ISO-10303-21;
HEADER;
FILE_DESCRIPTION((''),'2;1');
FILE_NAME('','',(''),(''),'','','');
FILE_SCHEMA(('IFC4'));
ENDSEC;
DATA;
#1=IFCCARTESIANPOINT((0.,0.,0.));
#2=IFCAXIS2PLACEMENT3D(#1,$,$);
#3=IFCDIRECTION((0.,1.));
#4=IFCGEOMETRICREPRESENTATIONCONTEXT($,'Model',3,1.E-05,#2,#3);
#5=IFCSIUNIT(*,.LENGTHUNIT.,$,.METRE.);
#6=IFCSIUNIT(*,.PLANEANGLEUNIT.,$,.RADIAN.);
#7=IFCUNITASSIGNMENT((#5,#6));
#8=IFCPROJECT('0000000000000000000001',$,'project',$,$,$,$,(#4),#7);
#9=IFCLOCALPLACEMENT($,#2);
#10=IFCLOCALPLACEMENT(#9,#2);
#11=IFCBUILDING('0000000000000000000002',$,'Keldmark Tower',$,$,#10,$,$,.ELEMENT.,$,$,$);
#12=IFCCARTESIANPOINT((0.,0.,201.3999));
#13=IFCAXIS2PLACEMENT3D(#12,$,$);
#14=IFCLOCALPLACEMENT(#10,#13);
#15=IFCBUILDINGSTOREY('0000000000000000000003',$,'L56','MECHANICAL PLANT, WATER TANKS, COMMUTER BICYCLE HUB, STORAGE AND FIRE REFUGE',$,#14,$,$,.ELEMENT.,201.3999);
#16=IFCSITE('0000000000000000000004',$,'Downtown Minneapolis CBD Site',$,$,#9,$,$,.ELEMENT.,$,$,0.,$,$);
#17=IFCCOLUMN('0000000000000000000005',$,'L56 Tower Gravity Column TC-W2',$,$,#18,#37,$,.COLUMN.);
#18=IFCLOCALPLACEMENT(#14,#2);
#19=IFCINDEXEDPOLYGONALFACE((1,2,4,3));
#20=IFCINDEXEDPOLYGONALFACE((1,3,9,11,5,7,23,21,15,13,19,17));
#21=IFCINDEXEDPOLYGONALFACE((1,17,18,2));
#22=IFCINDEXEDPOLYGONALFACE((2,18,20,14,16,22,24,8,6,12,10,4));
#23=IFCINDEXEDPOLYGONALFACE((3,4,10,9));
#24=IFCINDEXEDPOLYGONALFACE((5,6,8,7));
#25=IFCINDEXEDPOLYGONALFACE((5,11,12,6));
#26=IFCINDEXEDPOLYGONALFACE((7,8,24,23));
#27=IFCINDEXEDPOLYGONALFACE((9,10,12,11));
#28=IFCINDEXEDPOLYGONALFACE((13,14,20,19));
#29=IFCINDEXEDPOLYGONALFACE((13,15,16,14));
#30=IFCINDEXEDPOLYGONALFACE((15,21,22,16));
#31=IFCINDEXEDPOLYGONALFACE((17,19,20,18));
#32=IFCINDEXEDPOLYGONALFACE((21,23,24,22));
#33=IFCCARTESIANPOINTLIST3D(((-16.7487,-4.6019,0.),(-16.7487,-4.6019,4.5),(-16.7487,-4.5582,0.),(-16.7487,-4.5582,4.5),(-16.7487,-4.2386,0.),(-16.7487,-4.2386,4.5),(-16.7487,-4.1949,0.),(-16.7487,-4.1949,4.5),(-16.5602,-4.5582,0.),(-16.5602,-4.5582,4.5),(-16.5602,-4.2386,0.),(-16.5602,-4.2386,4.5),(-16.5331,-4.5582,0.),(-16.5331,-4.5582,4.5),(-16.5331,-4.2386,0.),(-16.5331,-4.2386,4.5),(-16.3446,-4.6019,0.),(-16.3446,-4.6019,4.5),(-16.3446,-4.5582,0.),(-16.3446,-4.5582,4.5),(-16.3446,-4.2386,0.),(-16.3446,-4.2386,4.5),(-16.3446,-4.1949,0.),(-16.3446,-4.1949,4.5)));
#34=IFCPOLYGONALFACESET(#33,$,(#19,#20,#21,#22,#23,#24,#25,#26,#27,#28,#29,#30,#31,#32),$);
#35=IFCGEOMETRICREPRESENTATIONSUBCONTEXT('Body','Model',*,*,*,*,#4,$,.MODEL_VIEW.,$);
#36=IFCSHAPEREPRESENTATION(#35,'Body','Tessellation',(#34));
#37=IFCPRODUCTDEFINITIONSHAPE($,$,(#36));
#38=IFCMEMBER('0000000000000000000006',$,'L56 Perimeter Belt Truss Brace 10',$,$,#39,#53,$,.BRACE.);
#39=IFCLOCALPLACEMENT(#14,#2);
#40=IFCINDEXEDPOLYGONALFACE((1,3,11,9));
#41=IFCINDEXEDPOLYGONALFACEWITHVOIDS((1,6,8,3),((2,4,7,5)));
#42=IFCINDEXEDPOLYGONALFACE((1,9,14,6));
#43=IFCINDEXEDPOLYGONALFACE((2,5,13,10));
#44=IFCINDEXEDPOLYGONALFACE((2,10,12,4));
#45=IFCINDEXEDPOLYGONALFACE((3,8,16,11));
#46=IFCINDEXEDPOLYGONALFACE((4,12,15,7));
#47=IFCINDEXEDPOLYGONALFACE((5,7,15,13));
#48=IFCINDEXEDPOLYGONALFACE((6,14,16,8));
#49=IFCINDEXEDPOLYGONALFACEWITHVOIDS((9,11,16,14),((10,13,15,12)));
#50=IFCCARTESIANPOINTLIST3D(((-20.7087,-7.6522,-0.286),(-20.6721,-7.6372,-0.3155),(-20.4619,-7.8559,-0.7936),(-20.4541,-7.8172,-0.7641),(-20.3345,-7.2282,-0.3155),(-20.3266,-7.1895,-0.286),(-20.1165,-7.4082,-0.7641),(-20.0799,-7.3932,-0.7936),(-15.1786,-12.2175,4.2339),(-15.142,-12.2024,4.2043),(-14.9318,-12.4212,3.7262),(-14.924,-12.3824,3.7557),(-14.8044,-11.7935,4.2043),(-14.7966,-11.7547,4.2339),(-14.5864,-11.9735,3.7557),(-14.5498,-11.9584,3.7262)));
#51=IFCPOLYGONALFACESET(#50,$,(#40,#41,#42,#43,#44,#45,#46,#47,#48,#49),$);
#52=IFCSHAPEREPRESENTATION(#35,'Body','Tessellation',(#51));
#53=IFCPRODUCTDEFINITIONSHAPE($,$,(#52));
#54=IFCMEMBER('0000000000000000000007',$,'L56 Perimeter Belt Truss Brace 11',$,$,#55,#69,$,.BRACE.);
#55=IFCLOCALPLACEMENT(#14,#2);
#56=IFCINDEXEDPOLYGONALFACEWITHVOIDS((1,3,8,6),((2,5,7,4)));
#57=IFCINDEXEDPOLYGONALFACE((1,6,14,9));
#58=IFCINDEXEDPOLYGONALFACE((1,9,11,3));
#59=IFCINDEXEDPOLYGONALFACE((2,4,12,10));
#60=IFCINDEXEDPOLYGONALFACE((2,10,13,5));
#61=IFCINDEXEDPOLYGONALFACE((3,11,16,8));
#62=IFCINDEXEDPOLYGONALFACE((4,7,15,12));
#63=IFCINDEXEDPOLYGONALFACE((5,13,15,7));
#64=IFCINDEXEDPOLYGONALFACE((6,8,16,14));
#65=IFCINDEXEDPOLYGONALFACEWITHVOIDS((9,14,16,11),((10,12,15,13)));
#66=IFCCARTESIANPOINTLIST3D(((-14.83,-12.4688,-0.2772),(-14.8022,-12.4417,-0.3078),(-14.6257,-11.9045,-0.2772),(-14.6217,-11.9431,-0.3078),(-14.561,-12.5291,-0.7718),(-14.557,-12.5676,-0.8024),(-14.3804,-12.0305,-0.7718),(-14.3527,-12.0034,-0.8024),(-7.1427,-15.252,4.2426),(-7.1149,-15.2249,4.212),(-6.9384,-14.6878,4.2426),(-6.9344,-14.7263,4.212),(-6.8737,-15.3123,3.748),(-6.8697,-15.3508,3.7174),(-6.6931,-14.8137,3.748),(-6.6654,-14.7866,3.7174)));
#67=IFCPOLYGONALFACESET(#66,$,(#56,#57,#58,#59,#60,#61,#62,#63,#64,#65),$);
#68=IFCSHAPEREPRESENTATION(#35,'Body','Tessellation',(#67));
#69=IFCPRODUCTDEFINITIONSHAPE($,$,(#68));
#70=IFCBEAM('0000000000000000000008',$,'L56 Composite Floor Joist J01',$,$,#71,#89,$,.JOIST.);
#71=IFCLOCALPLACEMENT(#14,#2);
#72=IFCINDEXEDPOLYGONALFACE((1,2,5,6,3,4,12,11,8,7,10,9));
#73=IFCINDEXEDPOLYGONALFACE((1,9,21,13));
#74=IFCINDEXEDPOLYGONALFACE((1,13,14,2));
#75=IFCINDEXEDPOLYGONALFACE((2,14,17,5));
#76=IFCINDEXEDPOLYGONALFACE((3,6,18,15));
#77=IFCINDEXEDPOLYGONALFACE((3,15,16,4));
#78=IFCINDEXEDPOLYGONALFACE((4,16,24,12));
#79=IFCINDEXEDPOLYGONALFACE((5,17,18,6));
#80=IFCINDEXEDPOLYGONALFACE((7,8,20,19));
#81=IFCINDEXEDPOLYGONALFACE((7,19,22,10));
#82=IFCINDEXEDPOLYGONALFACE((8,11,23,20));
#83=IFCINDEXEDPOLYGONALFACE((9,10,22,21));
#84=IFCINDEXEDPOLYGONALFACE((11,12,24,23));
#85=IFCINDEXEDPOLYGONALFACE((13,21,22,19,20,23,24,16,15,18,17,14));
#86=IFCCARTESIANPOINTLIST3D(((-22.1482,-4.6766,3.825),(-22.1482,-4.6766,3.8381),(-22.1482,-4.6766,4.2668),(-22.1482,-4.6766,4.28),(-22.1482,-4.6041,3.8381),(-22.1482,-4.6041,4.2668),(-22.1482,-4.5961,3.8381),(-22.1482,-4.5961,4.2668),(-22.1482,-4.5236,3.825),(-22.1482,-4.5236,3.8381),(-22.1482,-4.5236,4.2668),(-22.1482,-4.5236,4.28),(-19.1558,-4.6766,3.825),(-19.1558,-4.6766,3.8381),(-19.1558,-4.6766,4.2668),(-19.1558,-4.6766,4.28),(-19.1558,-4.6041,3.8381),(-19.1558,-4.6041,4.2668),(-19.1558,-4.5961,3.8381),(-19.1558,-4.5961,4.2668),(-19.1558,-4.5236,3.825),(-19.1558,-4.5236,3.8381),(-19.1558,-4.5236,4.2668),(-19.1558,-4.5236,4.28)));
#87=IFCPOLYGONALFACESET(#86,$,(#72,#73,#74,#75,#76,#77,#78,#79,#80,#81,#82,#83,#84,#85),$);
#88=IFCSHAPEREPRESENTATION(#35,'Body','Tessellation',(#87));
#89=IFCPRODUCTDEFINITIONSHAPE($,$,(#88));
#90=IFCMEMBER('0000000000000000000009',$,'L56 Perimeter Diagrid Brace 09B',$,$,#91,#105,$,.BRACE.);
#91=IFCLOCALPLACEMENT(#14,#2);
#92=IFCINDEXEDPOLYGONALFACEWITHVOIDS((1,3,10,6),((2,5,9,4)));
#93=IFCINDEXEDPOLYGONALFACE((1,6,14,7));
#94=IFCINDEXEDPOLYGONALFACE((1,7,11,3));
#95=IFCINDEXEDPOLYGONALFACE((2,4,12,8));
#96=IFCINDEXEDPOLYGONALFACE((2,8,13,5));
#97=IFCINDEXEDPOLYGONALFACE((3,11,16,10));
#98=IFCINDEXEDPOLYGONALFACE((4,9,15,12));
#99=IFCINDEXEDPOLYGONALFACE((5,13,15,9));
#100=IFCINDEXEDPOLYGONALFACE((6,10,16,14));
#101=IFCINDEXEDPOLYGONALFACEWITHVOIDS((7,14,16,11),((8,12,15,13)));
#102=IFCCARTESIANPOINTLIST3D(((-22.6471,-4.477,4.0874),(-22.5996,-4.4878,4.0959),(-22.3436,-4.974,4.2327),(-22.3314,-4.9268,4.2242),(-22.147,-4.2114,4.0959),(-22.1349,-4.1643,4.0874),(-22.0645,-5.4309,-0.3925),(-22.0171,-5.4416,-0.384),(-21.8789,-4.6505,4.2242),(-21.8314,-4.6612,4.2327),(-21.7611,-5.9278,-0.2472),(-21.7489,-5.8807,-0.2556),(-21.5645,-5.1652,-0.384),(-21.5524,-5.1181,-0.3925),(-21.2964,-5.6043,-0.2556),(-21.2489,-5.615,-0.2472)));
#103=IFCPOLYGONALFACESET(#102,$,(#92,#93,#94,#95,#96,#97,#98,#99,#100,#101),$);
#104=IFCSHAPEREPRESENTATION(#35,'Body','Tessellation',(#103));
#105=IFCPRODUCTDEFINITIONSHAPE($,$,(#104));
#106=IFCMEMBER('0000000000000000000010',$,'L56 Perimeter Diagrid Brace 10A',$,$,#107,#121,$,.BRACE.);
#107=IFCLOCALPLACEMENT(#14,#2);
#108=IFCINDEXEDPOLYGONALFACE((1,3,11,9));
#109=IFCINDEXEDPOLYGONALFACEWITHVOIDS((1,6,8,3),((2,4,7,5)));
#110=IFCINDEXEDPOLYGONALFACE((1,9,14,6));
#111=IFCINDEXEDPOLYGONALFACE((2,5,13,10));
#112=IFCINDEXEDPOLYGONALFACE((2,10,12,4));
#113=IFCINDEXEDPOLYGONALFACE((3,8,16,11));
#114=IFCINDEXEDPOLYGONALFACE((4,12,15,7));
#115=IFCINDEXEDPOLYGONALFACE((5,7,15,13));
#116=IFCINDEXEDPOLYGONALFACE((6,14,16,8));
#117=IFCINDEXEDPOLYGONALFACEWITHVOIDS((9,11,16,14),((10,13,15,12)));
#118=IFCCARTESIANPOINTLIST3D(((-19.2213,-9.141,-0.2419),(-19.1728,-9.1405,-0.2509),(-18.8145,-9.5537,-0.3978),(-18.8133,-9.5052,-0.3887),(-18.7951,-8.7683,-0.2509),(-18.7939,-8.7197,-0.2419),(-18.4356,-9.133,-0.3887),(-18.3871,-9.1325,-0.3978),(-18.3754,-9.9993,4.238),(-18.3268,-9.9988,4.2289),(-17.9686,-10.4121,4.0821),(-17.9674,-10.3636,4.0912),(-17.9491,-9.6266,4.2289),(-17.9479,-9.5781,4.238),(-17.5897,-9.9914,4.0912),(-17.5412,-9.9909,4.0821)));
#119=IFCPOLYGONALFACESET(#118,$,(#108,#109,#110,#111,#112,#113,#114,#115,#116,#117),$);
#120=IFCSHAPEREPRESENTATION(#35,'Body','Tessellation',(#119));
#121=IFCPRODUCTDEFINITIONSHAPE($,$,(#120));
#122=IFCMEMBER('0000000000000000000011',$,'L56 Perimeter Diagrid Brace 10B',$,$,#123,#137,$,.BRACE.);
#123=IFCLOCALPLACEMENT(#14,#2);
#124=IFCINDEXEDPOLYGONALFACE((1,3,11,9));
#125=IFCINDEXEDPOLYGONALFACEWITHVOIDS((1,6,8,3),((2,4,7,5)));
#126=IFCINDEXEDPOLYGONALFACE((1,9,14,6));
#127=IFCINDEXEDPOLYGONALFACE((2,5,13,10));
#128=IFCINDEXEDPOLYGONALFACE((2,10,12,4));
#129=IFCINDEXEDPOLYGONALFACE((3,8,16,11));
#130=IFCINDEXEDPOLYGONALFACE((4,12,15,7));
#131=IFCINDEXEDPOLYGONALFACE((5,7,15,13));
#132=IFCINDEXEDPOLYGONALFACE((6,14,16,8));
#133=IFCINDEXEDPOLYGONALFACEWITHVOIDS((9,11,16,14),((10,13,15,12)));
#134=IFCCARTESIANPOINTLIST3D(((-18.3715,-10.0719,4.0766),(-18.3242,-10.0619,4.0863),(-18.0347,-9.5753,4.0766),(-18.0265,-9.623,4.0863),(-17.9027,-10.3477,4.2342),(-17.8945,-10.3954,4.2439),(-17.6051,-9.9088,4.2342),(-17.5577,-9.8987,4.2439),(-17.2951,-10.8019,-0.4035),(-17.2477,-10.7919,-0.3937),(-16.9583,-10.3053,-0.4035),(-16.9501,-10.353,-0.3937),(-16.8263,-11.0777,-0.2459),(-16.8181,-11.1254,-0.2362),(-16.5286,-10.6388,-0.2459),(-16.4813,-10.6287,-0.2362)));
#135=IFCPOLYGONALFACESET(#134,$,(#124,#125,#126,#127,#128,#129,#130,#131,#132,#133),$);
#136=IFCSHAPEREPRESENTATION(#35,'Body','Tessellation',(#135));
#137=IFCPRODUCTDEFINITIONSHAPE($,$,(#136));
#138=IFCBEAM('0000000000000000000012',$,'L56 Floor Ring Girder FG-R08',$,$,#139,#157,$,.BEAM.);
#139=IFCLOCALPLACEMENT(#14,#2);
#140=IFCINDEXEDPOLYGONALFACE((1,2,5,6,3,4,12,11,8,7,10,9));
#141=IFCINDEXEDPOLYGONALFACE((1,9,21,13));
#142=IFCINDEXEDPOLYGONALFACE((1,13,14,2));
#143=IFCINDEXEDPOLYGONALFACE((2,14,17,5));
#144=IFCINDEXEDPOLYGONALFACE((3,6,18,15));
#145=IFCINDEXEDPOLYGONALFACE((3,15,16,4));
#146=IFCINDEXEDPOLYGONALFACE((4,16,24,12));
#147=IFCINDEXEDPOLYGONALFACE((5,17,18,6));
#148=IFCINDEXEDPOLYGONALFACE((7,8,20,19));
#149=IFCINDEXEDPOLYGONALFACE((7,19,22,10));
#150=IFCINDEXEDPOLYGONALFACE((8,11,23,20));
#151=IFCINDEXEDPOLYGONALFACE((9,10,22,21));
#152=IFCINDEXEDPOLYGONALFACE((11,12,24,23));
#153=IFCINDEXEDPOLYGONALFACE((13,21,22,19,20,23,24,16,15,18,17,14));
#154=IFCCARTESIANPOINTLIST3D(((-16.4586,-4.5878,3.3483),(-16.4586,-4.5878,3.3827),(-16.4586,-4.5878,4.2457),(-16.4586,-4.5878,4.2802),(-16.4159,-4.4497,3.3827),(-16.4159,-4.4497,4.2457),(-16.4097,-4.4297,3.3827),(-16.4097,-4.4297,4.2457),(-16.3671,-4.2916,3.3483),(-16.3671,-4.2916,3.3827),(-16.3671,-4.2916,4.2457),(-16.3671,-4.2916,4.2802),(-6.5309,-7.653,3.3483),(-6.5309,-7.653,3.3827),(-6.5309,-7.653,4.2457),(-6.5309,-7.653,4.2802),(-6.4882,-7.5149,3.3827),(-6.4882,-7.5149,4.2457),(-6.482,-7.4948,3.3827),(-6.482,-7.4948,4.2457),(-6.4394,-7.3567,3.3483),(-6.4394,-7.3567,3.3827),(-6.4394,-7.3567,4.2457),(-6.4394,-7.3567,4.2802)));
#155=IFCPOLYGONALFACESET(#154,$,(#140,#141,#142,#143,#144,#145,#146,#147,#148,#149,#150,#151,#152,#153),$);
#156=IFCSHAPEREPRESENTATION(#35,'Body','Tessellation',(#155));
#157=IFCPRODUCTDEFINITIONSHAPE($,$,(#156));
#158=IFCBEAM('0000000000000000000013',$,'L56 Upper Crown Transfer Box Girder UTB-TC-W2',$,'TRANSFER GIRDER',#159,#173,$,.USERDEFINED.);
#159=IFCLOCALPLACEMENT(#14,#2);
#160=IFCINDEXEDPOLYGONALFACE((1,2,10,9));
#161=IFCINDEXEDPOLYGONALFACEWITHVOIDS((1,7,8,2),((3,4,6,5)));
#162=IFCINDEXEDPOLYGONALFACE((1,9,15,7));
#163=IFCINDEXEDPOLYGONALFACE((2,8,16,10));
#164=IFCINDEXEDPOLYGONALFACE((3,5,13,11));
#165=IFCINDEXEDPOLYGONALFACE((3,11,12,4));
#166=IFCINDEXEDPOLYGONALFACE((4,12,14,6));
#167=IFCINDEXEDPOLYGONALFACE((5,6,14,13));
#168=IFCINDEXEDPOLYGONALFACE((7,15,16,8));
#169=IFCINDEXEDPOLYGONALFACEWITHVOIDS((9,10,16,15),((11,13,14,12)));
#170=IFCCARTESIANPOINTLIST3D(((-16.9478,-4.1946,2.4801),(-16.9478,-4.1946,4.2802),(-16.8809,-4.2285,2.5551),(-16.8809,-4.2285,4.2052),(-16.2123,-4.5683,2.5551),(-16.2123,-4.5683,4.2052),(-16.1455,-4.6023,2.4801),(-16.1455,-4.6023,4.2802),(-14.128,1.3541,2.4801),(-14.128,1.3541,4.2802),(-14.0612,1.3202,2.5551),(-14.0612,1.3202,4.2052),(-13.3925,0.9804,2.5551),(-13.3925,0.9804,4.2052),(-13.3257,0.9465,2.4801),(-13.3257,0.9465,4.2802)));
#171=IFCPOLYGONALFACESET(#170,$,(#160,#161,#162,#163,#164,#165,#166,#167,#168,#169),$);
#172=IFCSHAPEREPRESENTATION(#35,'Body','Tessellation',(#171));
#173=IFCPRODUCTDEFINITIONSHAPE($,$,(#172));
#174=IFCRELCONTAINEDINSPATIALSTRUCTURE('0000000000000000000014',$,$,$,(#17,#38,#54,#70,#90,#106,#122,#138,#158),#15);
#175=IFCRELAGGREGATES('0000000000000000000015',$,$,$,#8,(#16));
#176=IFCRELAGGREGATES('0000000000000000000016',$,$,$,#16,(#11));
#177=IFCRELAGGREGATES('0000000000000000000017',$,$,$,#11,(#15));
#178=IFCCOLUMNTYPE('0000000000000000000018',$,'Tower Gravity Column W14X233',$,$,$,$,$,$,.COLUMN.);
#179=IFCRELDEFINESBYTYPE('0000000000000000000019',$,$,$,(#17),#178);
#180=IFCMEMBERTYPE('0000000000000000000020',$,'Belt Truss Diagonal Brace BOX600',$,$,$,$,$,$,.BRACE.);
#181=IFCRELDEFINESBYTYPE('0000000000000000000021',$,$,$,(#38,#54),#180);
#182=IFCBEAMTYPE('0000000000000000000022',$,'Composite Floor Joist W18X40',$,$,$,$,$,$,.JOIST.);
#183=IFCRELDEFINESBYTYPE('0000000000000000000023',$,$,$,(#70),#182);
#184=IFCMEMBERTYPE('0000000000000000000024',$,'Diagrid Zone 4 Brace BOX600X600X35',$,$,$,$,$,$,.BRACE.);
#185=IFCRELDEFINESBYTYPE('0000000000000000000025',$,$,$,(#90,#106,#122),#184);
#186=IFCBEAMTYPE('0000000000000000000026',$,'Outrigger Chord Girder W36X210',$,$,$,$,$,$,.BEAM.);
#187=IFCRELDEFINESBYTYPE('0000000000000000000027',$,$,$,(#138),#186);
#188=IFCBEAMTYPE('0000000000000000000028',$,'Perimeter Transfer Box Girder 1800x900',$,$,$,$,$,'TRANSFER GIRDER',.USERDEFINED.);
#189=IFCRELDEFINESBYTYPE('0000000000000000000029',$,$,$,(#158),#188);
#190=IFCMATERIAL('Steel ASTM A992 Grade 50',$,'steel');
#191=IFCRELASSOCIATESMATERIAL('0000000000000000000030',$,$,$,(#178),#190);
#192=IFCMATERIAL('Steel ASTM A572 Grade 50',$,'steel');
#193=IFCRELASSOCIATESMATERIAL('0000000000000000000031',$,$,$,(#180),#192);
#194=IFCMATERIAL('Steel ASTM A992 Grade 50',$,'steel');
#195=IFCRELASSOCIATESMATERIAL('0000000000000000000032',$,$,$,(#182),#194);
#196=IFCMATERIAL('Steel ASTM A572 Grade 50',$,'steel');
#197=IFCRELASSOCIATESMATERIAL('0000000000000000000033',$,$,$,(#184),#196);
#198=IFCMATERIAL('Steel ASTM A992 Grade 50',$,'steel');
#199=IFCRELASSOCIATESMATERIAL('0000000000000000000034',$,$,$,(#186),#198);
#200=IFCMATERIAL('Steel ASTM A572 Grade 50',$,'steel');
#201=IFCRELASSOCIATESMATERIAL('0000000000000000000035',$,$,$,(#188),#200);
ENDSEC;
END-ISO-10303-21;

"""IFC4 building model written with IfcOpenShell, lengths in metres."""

from ifc_helpers import new_model, si_unit, direction, frame, origin, origin_2d, place, context, subcontext, project, spatial, hollow_rectangle, i_section, extrude, material, material_profile, profile_set, type_object, element, save


model = new_model("IFC4")

# Units and contexts
model_context = context("Model", 3, precision=1e-05, world=origin(), true_north=direction((0.0, 1.0)))
body_context = subcontext(model_context, "Body", "Model", "MODEL_VIEW")
ifc_project = project(units=[si_unit("LENGTHUNIT", "METRE"), si_unit("PLANEANGLEUNIT", "RADIAN")], contexts=[model_context])

# Site, building, storey
site_placement = place(None, origin())
site = spatial("IfcSite", under=ifc_project, at=site_placement, Name="Downtown Minneapolis CBD Site", CompositionType="ELEMENT", RefElevation=0.0)
building_placement = place(site_placement, origin())
building = spatial("IfcBuilding", under=site, at=building_placement, Name="Keldmark Tower", CompositionType="ELEMENT")
storey_placement = place(building_placement, frame((0.0, 0.0, 201.3999)))
storey = spatial("IfcBuildingStorey", under=building, at=storey_placement, Name="L56", Description="MECHANICAL PLANT, WATER TANKS, COMMUTER BICYCLE HUB, STORAGE AND FIRE REFUGE", CompositionType="ELEMENT", Elevation=201.3999)

# Column
ifc_material_1 = material(Name="Steel ASTM A992 Grade 50", Category="steel")
ifc_material_profile_1 = material_profile(ifc_material_1, i_section(OverallWidth=0.4041, OverallDepth=0.407, WebThickness=0.0271, FlangeThickness=0.0437, at=origin_2d()), Name="W14X233")
ifc_profile_set_1 = profile_set([ifc_material_profile_1], Name="Steel ASTM A992 Grade 50")
column_type = type_object("IfcColumnType", Name="Tower Gravity Column W14X233", PredefinedType="COLUMN", material=ifc_profile_set_1)
column_placement = place(storey_placement, frame((-16.5466, -4.3984, 0.0), z_axis=(0.0, 0.0, 1.0), x_axis=(1.0, 0.0, 0.0)))
element("IfcColumn", 1, at=column_placement, inside=storey, type_object=column_type, Name="L56 Tower Gravity Column TC-W2", PredefinedType="COLUMN", context=body_context, shape_type="SweptSolid", body=[
    extrude(i_section(OverallWidth=0.4041, OverallDepth=0.407, WebThickness=0.0271, FlangeThickness=0.0437, at=origin_2d()), origin(), (0.0, 0.0, 1.0), 4.5),
])

# Members
ifc_material_2 = material(Name="Steel ASTM A572 Grade 50", Category="steel")
ifc_material_profile_2 = material_profile(ifc_material_2, hollow_rectangle(XDim=0.6001, YDim=0.6001, WallThickness=0.0349, at=origin_2d()), Name="BOX600X600X35")
ifc_profile_set_2 = profile_set([ifc_material_profile_2], Name="Steel ASTM A572 Grade 50")
member_type_1 = type_object("IfcMemberType", Name="Belt Truss Diagonal Brace BOX600", PredefinedType="BRACE", material=ifc_profile_set_2)
member_1_placement = place(storey_placement, frame((-20.3943, -7.5227, -0.5398), z_axis=(0.652398, -0.538572, 0.533214), x_axis=(0.636624, 0.771174, 0.0)))
element("IfcMember", 2, at=member_1_placement, inside=storey, type_object=member_type_1, Name="L56 Perimeter Belt Truss Brace 10", PredefinedType="BRACE", context=body_context, shape_type="SweptSolid", body=[
    extrude(hollow_rectangle(XDim=0.6001, YDim=0.6001, WallThickness=0.0349, at=origin_2d()), origin(), (0.0, 0.0, 1.0), 8.4766),
])
member_2_placement = place(storey_placement, frame((-14.5913, -12.2361, -0.5398), z_axis=(0.822892, -0.297931, 0.483825), x_axis=(0.340429, 0.94027, 0.0)))
element("IfcMember", 3, at=member_2_placement, inside=storey, type_object=member_type_1, Name="L56 Perimeter Belt Truss Brace 11", PredefinedType="BRACE", context=body_context, shape_type="SweptSolid", body=[
    extrude(hollow_rectangle(XDim=0.6001, YDim=0.6001, WallThickness=0.0349, at=origin_2d()), origin(), (0.0, 0.0, 1.0), 9.3418),
])

# Beam
ifc_material_3 = material(Name="Steel ASTM A992 Grade 50", Category="steel")
ifc_material_profile_3 = material_profile(ifc_material_3, i_section(OverallWidth=0.1531, OverallDepth=0.4551, WebThickness=0.0081, FlangeThickness=0.0132, at=origin_2d()), Name="W18X40")
ifc_profile_set_3 = profile_set([ifc_material_profile_3], Name="Steel ASTM A992 Grade 50")
beam_type_1 = type_object("IfcBeamType", Name="Composite Floor Joist W18X40", PredefinedType="JOIST", material=ifc_profile_set_3)
beam_1_placement = place(storey_placement, frame((-22.1482, -4.6001, 4.0525), z_axis=(1.0, 0.0, 0.0), x_axis=(0.0, 1.0, 0.0)))
element("IfcBeam", 4, at=beam_1_placement, inside=storey, type_object=beam_type_1, Name="L56 Composite Floor Joist J01", PredefinedType="JOIST", context=body_context, shape_type="SweptSolid", body=[
    extrude(i_section(OverallWidth=0.1531, OverallDepth=0.4551, WebThickness=0.0081, FlangeThickness=0.0132, at=origin_2d()), origin(), (0.0, 0.0, 1.0), 2.9924),
])

# Members
ifc_material_4 = material(Name="Steel ASTM A572 Grade 50", Category="steel")
ifc_material_profile_4 = material_profile(ifc_material_4, hollow_rectangle(XDim=0.6001, YDim=0.6001, WallThickness=0.0349, at=origin_2d()), Name="BOX600X600X35")
ifc_profile_set_4 = profile_set([ifc_material_profile_4], Name="Steel ASTM A572 Grade 50")
member_type_2 = type_object("IfcMemberType", Name="Diagrid Zone 4 Brace BOX600X600X35", PredefinedType="BRACE", material=ifc_profile_set_4)
member_3_placement = place(storey_placement, frame((-21.6567, -5.5229, -0.3198), z_axis=(-0.12616, 0.206584, 0.970261), x_axis=(-0.853438, -0.521194, 0.0)))
element("IfcMember", 5, at=member_3_placement, inside=storey, type_object=member_type_2, Name="L56 Perimeter Diagrid Brace 09B", PredefinedType="BRACE", context=body_context, shape_type="SweptSolid", body=[
    extrude(hollow_rectangle(XDim=0.6001, YDim=0.6001, WallThickness=0.0349, at=origin_2d()), origin(), (0.0, 0.0, 1.0), 4.6172),
])
member_4_placement = place(storey_placement, frame((-18.8042, -9.1367, -0.3198), z_axis=(0.182345, -0.185029, 0.965668), x_axis=(0.712254, 0.701922, 0.0)))
element("IfcMember", 6, at=member_4_placement, inside=storey, type_object=member_type_2, Name="L56 Perimeter Diagrid Brace 10A", PredefinedType="BRACE", context=body_context, shape_type="SweptSolid", body=[
    extrude(hollow_rectangle(XDim=0.6001, YDim=0.6001, WallThickness=0.0349, at=origin_2d()), origin(), (0.0, 0.0, 1.0), 4.6392),
])
member_5_placement = place(storey_placement, frame((-16.8882, -10.7153, -0.3198), z_axis=(-0.230745, 0.156482, 0.960349), x_axis=(-0.561267, -0.827635, 0.0)))
element("IfcMember", 7, at=member_5_placement, inside=storey, type_object=member_type_2, Name="L56 Perimeter Diagrid Brace 10B", PredefinedType="BRACE", context=body_context, shape_type="SweptSolid", body=[
    extrude(hollow_rectangle(XDim=0.6001, YDim=0.6001, WallThickness=0.0349, at=origin_2d()), origin(), (0.0, 0.0, 1.0), 4.665),
])

# Beams
ifc_material_5 = material(Name="Steel ASTM A992 Grade 50", Category="steel")
ifc_material_profile_5 = material_profile(ifc_material_5, i_section(OverallWidth=0.3101, OverallDepth=0.9319, WebThickness=0.021, FlangeThickness=0.0344, at=origin_2d()), Name="W36X210")
ifc_profile_set_5 = profile_set([ifc_material_profile_5], Name="Steel ASTM A992 Grade 50")
beam_type_2 = type_object("IfcBeamType", Name="Outrigger Chord Girder W36X210", PredefinedType="BEAM", material=ifc_profile_set_5)
beam_2_placement = place(storey_placement, frame((-16.4128, -4.4397, 3.8142), z_axis=(0.955495, -0.295009, 0.0), x_axis=(0.295009, 0.955495, 0.0)))
element("IfcBeam", 8, at=beam_2_placement, inside=storey, type_object=beam_type_2, Name="L56 Floor Ring Girder FG-R08", PredefinedType="BEAM", context=body_context, shape_type="SweptSolid", body=[
    extrude(i_section(OverallWidth=0.3101, OverallDepth=0.9319, WebThickness=0.021, FlangeThickness=0.0344, at=origin_2d()), origin(), (0.0, 0.0, 1.0), 10.3901),
])
ifc_material_6 = material(Name="Steel ASTM A572 Grade 50", Category="steel")
ifc_material_profile_6 = material_profile(ifc_material_6, hollow_rectangle(XDim=0.8999, YDim=1.8, WallThickness=0.075, at=origin_2d()), Name="TBOX1800X900X75")
ifc_profile_set_6 = profile_set([ifc_material_profile_6], Name="Steel ASTM A572 Grade 50")
beam_type_3 = type_object("IfcBeamType", Name="Perimeter Transfer Box Girder 1800x900", ElementType="TRANSFER GIRDER", PredefinedType="USERDEFINED", material=ifc_profile_set_6)
beam_3_placement = place(storey_placement, frame((-16.5466, -4.3984, 3.3801), z_axis=(0.453041, 0.89149, 0.0), x_axis=(-0.89149, 0.453041, 0.0)))
element("IfcBeam", 9, at=beam_3_placement, inside=storey, type_object=beam_type_3, Name="L56 Upper Crown Transfer Box Girder UTB-TC-W2", ObjectType="TRANSFER GIRDER", PredefinedType="USERDEFINED", context=body_context, shape_type="SweptSolid", body=[
    extrude(hollow_rectangle(XDim=0.8999, YDim=1.8, WallThickness=0.075, at=origin_2d()), origin(), (0.0, 0.0, 1.0), 6.2241),
])

save(model, "model.ifc")
